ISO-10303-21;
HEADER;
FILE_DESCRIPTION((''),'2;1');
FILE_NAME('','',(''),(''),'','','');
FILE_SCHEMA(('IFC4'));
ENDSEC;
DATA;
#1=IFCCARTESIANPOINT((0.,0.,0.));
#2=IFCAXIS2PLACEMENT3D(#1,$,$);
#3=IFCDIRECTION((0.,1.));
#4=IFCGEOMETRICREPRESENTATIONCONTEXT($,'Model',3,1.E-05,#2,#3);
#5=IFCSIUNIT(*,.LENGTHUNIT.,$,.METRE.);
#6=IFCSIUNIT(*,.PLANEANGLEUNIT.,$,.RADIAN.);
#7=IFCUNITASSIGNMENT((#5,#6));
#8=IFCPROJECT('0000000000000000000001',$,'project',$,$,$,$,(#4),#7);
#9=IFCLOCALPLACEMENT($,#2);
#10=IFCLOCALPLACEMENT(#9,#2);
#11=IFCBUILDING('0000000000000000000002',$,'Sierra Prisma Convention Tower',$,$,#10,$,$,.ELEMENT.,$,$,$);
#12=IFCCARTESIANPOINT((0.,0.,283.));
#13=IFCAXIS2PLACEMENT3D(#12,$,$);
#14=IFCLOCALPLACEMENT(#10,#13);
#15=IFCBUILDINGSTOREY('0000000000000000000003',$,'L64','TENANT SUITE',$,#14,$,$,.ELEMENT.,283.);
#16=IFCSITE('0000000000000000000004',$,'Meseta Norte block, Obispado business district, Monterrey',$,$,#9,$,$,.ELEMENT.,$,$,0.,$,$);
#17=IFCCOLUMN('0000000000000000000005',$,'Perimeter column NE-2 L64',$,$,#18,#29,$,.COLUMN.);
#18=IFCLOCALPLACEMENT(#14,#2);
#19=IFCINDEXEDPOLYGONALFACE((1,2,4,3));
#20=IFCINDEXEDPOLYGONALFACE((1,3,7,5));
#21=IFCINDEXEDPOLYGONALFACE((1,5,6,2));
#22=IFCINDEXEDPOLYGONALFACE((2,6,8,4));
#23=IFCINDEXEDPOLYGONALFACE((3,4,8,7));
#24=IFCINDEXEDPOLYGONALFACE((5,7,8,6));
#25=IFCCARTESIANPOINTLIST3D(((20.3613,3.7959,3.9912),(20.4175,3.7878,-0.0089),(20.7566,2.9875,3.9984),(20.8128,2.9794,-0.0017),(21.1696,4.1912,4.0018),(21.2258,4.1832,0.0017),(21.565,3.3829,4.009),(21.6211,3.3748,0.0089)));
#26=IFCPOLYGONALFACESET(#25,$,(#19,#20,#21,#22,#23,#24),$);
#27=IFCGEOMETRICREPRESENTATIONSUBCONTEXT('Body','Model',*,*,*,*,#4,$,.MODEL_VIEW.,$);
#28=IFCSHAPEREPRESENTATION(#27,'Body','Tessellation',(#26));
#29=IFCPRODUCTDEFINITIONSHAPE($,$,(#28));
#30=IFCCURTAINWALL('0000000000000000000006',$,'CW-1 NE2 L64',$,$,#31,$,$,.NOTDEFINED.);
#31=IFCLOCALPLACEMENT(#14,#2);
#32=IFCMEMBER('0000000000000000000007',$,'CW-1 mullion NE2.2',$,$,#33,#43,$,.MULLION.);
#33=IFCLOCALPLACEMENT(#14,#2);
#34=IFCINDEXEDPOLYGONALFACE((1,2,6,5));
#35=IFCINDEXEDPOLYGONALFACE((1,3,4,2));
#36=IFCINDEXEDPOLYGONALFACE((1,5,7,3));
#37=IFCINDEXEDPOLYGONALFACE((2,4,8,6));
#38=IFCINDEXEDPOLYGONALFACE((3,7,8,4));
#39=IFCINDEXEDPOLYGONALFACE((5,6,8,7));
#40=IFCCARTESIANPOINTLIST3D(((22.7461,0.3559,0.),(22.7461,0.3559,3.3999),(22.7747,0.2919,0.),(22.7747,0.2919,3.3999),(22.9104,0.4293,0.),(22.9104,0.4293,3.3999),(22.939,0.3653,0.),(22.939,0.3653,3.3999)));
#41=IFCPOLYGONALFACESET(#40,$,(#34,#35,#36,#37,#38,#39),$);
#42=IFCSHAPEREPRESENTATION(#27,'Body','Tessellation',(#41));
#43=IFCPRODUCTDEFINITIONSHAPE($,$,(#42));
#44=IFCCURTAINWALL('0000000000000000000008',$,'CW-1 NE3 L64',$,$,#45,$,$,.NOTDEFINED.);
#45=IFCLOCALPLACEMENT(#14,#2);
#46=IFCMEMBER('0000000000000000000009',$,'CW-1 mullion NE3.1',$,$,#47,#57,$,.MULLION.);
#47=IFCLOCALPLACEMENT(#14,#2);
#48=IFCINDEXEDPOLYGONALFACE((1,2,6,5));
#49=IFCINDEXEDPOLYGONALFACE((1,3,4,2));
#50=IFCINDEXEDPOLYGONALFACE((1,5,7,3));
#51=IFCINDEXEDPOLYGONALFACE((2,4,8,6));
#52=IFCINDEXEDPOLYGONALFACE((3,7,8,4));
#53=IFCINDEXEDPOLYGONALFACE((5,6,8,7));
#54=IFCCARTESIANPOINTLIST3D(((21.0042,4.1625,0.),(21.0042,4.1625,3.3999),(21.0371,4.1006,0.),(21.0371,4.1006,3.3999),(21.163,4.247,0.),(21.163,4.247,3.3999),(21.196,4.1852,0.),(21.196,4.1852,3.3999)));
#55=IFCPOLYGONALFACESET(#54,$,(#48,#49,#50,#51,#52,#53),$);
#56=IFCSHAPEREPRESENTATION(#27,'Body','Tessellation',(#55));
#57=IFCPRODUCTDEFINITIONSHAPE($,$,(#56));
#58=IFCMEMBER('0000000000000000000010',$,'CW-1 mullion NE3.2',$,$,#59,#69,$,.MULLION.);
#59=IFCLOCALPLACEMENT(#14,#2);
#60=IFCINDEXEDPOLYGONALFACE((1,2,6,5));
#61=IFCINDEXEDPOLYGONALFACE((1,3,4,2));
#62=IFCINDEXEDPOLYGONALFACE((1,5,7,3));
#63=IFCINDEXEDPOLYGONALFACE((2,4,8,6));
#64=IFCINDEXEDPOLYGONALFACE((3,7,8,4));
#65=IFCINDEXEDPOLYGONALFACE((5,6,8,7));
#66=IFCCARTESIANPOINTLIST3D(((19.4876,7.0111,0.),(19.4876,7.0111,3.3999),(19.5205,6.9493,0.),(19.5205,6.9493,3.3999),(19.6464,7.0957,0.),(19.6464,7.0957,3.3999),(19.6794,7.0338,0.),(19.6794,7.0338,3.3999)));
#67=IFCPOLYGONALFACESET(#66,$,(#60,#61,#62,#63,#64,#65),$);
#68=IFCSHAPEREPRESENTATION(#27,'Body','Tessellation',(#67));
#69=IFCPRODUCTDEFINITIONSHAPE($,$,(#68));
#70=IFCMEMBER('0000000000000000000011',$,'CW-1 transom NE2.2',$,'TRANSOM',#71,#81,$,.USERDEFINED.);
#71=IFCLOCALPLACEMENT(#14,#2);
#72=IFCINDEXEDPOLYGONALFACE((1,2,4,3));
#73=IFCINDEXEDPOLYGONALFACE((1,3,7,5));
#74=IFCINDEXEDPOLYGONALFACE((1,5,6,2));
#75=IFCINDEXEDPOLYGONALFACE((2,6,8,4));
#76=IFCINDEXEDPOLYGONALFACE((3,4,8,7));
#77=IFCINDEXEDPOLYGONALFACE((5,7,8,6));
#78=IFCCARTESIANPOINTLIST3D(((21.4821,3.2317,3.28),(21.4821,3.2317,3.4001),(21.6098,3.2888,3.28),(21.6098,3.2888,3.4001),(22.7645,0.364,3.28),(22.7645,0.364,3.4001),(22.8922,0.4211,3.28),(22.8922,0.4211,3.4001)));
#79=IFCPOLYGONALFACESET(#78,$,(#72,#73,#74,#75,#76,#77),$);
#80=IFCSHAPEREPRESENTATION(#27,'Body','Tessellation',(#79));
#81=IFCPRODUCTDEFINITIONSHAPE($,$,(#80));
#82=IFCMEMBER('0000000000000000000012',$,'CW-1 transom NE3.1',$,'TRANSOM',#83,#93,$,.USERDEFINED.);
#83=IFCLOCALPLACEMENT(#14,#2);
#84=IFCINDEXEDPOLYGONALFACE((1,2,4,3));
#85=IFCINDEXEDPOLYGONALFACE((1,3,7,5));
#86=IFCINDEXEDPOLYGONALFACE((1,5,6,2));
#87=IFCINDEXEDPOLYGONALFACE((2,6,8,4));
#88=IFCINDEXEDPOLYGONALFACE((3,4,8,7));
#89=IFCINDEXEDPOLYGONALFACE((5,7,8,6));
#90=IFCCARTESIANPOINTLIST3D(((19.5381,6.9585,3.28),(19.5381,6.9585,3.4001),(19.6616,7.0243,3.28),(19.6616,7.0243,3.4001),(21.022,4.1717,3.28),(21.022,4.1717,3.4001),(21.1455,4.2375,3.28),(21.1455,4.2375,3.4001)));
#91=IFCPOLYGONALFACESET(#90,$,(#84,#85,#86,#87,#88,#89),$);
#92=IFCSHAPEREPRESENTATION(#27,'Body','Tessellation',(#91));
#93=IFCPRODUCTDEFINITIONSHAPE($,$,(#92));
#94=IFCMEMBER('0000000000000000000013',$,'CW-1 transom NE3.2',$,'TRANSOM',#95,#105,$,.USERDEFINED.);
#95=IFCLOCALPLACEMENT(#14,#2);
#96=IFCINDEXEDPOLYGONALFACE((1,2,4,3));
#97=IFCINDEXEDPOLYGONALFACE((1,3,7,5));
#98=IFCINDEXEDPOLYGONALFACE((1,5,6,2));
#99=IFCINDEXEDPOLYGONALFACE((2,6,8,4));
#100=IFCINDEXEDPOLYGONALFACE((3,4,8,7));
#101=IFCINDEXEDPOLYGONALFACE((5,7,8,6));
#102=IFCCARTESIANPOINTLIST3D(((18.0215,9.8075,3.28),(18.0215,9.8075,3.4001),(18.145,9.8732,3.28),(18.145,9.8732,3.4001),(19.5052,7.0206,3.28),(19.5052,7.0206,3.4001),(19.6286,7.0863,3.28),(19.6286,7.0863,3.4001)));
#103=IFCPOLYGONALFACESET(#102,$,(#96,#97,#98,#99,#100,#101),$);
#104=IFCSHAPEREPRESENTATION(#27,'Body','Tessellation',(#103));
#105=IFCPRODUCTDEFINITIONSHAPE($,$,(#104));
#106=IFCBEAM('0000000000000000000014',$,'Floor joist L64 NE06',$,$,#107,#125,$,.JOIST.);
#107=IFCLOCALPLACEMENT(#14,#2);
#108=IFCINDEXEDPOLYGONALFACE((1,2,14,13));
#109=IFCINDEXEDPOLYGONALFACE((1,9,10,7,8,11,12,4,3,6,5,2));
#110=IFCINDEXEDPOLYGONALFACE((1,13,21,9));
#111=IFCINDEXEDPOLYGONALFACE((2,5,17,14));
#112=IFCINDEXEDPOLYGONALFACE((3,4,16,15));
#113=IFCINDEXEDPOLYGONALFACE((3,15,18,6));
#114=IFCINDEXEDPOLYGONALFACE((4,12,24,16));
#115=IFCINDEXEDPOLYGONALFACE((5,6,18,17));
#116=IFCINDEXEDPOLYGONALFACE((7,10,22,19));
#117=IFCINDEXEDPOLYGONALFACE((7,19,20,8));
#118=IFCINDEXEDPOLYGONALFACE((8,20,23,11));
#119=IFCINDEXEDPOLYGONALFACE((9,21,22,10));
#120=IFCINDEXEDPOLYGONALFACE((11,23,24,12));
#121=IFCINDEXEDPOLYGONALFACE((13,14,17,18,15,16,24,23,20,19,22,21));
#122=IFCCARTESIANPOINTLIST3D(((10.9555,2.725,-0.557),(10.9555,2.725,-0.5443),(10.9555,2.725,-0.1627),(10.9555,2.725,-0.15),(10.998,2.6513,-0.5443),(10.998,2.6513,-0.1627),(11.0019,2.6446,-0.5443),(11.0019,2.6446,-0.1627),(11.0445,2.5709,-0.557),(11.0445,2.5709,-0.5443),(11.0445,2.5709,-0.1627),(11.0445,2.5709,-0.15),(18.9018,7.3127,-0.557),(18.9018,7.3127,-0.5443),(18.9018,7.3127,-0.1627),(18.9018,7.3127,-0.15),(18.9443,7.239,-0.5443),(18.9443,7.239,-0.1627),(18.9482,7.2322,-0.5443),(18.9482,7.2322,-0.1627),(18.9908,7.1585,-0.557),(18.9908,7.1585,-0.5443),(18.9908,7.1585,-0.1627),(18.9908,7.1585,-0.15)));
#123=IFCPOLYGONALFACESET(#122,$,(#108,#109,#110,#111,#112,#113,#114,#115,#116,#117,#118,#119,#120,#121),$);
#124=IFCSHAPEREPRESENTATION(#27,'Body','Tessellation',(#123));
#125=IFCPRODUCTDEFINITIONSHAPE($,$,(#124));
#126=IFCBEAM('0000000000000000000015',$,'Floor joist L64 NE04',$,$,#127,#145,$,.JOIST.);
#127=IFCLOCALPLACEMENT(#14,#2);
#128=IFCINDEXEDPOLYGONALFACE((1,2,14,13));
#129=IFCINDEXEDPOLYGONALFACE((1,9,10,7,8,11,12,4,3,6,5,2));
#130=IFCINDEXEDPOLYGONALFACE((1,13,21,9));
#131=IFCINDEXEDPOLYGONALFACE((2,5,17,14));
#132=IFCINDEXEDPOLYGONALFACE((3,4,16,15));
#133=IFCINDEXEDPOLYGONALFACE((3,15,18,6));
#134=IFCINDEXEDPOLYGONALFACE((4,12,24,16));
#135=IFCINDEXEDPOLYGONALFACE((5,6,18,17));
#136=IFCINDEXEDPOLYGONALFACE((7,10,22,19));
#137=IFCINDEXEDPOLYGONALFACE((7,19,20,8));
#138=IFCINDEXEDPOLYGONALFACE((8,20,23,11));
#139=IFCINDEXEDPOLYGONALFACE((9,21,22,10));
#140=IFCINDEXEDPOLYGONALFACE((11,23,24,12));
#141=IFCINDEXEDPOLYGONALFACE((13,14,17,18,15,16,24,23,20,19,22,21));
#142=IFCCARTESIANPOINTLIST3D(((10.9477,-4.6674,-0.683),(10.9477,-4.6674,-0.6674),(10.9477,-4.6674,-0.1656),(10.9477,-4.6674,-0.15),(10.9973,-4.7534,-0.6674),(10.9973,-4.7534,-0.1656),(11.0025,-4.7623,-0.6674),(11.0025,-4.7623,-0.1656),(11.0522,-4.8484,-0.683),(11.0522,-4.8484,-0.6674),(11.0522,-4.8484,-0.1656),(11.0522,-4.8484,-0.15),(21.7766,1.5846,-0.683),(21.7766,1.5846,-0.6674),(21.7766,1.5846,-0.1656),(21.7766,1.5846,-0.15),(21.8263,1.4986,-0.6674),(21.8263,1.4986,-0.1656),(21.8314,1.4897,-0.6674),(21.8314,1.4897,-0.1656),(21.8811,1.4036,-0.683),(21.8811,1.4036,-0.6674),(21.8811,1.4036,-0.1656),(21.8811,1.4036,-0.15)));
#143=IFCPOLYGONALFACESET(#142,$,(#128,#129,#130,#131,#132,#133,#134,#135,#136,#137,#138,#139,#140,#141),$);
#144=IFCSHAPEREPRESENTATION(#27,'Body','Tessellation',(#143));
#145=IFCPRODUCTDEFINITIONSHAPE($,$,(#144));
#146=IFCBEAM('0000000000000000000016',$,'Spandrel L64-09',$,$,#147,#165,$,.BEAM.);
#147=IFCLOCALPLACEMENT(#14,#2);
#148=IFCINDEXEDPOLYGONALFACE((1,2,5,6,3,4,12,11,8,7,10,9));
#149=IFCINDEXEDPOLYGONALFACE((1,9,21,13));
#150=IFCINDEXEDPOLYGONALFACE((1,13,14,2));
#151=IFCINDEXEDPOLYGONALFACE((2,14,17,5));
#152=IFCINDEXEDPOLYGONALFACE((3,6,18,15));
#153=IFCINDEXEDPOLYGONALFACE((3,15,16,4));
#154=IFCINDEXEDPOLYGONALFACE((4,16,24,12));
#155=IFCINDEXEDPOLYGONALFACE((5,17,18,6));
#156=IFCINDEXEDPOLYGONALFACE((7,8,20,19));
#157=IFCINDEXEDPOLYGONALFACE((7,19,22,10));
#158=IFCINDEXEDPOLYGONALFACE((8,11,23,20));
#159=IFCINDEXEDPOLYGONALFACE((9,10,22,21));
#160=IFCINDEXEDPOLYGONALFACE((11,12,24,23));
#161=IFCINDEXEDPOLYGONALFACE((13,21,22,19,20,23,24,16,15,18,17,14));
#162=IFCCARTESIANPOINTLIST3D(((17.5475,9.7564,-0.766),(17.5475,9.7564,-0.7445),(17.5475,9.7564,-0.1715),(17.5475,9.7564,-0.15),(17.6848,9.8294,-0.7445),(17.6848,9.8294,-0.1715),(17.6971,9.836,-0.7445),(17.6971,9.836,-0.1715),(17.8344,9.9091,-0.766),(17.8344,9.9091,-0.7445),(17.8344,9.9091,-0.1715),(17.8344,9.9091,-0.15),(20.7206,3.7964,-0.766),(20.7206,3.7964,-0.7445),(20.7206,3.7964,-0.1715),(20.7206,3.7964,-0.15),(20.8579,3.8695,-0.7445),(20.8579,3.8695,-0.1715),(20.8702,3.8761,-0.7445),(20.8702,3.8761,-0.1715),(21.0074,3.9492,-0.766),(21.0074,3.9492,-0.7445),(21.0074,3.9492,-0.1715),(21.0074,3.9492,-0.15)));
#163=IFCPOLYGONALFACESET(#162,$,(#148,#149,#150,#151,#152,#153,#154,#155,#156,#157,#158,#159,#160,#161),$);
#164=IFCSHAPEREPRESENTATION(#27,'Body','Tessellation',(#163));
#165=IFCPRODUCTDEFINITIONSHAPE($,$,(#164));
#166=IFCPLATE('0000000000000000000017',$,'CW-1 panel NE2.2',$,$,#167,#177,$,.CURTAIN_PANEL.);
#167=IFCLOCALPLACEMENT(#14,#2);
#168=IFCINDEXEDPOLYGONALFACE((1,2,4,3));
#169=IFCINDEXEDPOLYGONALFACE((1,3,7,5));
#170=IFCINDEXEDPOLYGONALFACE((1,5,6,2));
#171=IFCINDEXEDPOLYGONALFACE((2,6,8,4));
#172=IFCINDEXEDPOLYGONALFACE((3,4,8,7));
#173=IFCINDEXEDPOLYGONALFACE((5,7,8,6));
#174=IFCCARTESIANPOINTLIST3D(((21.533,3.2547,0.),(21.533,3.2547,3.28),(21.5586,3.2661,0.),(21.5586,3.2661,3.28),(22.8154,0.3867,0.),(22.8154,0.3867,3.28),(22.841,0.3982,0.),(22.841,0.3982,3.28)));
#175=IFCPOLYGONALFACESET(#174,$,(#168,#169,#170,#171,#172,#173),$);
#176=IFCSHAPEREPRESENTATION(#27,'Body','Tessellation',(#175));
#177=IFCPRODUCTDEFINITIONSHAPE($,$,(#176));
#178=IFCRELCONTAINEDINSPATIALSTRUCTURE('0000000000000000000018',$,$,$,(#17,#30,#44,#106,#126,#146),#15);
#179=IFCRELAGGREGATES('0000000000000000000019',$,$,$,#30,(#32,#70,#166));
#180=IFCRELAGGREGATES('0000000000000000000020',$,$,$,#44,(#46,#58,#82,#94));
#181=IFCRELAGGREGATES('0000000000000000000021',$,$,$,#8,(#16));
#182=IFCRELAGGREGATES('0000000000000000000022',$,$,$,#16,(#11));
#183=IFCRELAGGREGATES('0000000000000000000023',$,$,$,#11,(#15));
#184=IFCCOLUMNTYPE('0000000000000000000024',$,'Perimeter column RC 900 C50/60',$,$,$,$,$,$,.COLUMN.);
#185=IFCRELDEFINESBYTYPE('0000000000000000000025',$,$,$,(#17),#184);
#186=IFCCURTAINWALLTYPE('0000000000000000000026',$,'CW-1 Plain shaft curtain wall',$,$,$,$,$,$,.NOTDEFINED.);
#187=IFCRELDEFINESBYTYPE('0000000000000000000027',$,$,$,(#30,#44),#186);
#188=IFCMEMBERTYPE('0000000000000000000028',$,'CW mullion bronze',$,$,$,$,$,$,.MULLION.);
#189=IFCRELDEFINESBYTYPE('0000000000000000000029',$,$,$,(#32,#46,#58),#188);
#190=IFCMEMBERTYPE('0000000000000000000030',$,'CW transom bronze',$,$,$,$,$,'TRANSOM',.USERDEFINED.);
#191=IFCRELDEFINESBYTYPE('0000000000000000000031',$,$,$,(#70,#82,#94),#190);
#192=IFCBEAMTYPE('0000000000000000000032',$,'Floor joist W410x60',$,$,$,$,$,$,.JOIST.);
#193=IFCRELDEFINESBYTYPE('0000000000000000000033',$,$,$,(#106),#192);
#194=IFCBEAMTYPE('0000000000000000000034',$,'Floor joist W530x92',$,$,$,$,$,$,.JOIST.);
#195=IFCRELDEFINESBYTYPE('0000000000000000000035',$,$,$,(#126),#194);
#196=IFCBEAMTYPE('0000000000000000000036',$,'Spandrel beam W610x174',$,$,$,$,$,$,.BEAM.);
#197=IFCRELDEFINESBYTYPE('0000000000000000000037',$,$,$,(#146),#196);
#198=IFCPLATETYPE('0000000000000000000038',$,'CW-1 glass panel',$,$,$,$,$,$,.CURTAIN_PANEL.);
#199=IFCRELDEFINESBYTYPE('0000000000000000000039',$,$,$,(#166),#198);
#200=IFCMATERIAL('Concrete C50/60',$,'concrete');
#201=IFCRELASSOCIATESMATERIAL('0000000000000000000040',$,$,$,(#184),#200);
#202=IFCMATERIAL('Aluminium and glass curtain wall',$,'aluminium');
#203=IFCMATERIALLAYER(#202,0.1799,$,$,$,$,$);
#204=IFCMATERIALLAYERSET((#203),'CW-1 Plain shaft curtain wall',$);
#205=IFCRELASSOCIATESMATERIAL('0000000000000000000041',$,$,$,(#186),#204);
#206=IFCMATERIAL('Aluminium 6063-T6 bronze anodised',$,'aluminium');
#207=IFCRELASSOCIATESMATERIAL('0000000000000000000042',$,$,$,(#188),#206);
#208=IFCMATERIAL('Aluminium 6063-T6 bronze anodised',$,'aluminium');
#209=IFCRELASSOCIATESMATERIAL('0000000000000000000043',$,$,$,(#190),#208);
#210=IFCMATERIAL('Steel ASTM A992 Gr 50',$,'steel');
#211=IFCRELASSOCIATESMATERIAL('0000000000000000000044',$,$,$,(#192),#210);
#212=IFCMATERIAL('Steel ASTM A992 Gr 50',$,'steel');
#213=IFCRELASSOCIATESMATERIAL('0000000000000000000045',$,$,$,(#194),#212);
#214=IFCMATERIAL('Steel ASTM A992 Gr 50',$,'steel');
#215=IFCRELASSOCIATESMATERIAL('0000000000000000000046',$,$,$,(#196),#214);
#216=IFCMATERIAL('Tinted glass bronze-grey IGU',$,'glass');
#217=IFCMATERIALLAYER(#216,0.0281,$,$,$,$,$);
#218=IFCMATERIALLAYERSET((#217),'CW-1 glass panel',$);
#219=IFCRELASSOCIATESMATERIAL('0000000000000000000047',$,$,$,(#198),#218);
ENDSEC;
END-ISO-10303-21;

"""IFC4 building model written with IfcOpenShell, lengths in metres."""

from ifc_helpers import new_model, si_unit, direction, frame, origin, origin_2d, place, context, subcontext, project, spatial, rectangle, i_section, extrude, material, layer, layer_set, material_profile, profile_set, type_object, element, aggregate, save


model = new_model("IFC4")

# Units and contexts
model_context = context("Model", 3, precision=1e-05, world=origin(), true_north=direction((0.0, 1.0)))
body_context = subcontext(model_context, "Body", "Model", "MODEL_VIEW")
ifc_project = project(units=[si_unit("LENGTHUNIT", "METRE"), si_unit("PLANEANGLEUNIT", "RADIAN")], contexts=[model_context])

# Site, building, storey
site_placement = place(None, origin())
site = spatial("IfcSite", under=ifc_project, at=site_placement, Name="Meseta Norte block, Obispado business district, Monterrey", CompositionType="ELEMENT", RefElevation=0.0)
building_placement = place(site_placement, origin())
building = spatial("IfcBuilding", under=site, at=building_placement, Name="Sierra Prisma Convention Tower", CompositionType="ELEMENT")
storey_placement = place(building_placement, frame((0.0, 0.0, 283.0)))
storey = spatial("IfcBuildingStorey", under=building, at=storey_placement, Name="L64", Description="TENANT SUITE", CompositionType="ELEMENT", Elevation=283.0)

# Column
ifc_material_1 = material(Name="Concrete C50/60", Category="concrete")
ifc_material_profile_1 = material_profile(ifc_material_1, rectangle(XDim=0.8999, YDim=0.8999, at=origin_2d()), Name="Perimeter column RC 900 C50/60")
ifc_profile_set_1 = profile_set([ifc_material_profile_1], Name="Concrete C50/60")
column_type = type_object("IfcColumnType", Name="Perimeter column RC 900 C50/60", PredefinedType="COLUMN", material=ifc_profile_set_1)
column_placement = place(storey_placement, frame((21.0193, 3.5813, 0.0), z_axis=(-0.014037, 0.002014, 0.999899), x_axis=(-0.439291, 0.89831, -0.007976)))
element("IfcColumn", 1, at=column_placement, inside=storey, type_object=column_type, Name="Perimeter column NE-2 L64", PredefinedType="COLUMN", context=body_context, shape_type="SweptSolid", body=[
    extrude(rectangle(XDim=0.8999, YDim=0.8999, at=origin_2d()), origin(), (0.0, 0.0, 1.0), 4.0005),
])

# Curtain wall, member
ifc_material_2 = material(Name="Aluminium and glass curtain wall", Category="aluminium")
ifc_layer_1 = layer(ifc_material_2, 0.1799)
ifc_layer_set_1 = layer_set([ifc_layer_1], Name="CW-1 Plain shaft curtain wall")
curtain_wall_type = type_object("IfcCurtainWallType", Name="CW-1 Plain shaft curtain wall", PredefinedType="NOTDEFINED", material=ifc_layer_set_1)
curtain_wall_1_placement = place(storey_placement, origin())
curtain_wall_1 = element("IfcCurtainWall", 2, at=curtain_wall_1_placement, inside=storey, type_object=curtain_wall_type, Name="CW-1 NE2 L64", PredefinedType="NOTDEFINED")
ifc_material_3 = material(Name="Aluminium 6063-T6 bronze anodised", Category="aluminium")
ifc_material_profile_2 = material_profile(ifc_material_3, rectangle(XDim=0.1799, YDim=0.0701, at=origin_2d()), Name="ALU MULLION 70x180")
ifc_profile_set_2 = profile_set([ifc_material_profile_2], Name="Aluminium 6063-T6 bronze anodised")
member_type_1 = type_object("IfcMemberType", Name="CW mullion bronze", PredefinedType="MULLION", material=ifc_profile_set_2)
member_1_placement = place(storey_placement, frame((22.8425, 0.3606, 0.0), z_axis=(0.0, 0.0, 1.0), x_axis=(-0.91289, -0.408205, 0.0)))
member_1 = element("IfcMember", 3, at=member_1_placement, type_object=member_type_1, Name="CW-1 mullion NE2.2", PredefinedType="MULLION", context=body_context, shape_type="SweptSolid", body=[
    extrude(rectangle(XDim=0.1799, YDim=0.0701, at=origin_2d()), origin(), (0.0, 0.0, 1.0), 3.3999),
])

# Curtain wall, members
curtain_wall_2_placement = place(storey_placement, origin())
curtain_wall_2 = element("IfcCurtainWall", 4, at=curtain_wall_2_placement, inside=storey, type_object=curtain_wall_type, Name="CW-1 NE3 L64", PredefinedType="NOTDEFINED")
member_2_placement = place(storey_placement, frame((21.1001, 4.1738, 0.0), z_axis=(0.0, 0.0, 1.0), x_axis=(-0.882696, -0.469945, 0.0)))
member_2 = element("IfcMember", 5, at=member_2_placement, type_object=member_type_1, Name="CW-1 mullion NE3.1", PredefinedType="MULLION", context=body_context, shape_type="SweptSolid", body=[
    extrude(rectangle(XDim=0.1799, YDim=0.0701, at=origin_2d()), origin(), (0.0, 0.0, 1.0), 3.3999),
])
member_3_placement = place(storey_placement, frame((19.5835, 7.0225, 0.0), z_axis=(0.0, 0.0, 1.0), x_axis=(-0.882696, -0.469945, 0.0)))
member_3 = element("IfcMember", 6, at=member_3_placement, type_object=member_type_1, Name="CW-1 mullion NE3.2", PredefinedType="MULLION", context=body_context, shape_type="SweptSolid", body=[
    extrude(rectangle(XDim=0.1799, YDim=0.0701, at=origin_2d()), origin(), (0.0, 0.0, 1.0), 3.3999),
])

# Members
ifc_material_4 = material(Name="Aluminium 6063-T6 bronze anodised", Category="aluminium")
ifc_material_profile_3 = material_profile(ifc_material_4, rectangle(XDim=0.1399, YDim=0.1201, at=origin_2d()), Name="ALU TRANSOM 120x140")
ifc_profile_set_3 = profile_set([ifc_material_profile_3], Name="Aluminium 6063-T6 bronze anodised")
member_type_2 = type_object("IfcMemberType", Name="CW transom bronze", ElementType="TRANSOM", PredefinedType="USERDEFINED", material=ifc_profile_set_3)
member_4_placement = place(storey_placement, frame((22.8284, 0.3926, 3.3401), z_axis=(-0.40825, 0.91287, 0.0), x_axis=(-0.91287, -0.40825, 0.0)))
member_4 = element("IfcMember", 7, at=member_4_placement, type_object=member_type_2, Name="CW-1 transom NE2.2", ObjectType="TRANSOM", PredefinedType="USERDEFINED", context=body_context, shape_type="SweptSolid", body=[
    extrude(rectangle(XDim=0.1399, YDim=0.1201, at=origin_2d()), origin(), (0.0, 0.0, 1.0), 3.1414),
])
member_5_placement = place(storey_placement, frame((21.0837, 4.2046, 3.3401), z_axis=(-0.469986, 0.882674, 0.0), x_axis=(-0.882674, -0.469986, 0.0)))
member_5 = element("IfcMember", 8, at=member_5_placement, type_object=member_type_2, Name="CW-1 transom NE3.1", ObjectType="TRANSOM", PredefinedType="USERDEFINED", context=body_context, shape_type="SweptSolid", body=[
    extrude(rectangle(XDim=0.1399, YDim=0.1201, at=origin_2d()), origin(), (0.0, 0.0, 1.0), 3.1572),
])
member_6_placement = place(storey_placement, frame((19.5669, 7.0535, 3.3401), z_axis=(-0.469926, 0.882706, 0.0), x_axis=(-0.882706, -0.469926, 0.0)))
member_6 = element("IfcMember", 9, at=member_6_placement, type_object=member_type_2, Name="CW-1 transom NE3.2", ObjectType="TRANSOM", PredefinedType="USERDEFINED", context=body_context, shape_type="SweptSolid", body=[
    extrude(rectangle(XDim=0.1399, YDim=0.1201, at=origin_2d()), origin(), (0.0, 0.0, 1.0), 3.1572),
])

# Beams
ifc_material_5 = material(Name="Steel ASTM A992 Gr 50", Category="steel")
ifc_material_profile_4 = material_profile(ifc_material_5, i_section(OverallWidth=0.178, OverallDepth=0.407, WebThickness=0.0078, FlangeThickness=0.0127, at=origin_2d()), Name="W410x60")
ifc_profile_set_4 = profile_set([ifc_material_profile_4], Name="Steel ASTM A992 Gr 50")
beam_type_1 = type_object("IfcBeamType", Name="Floor joist W410x60", PredefinedType="JOIST", material=ifc_profile_set_4)
beam_1_placement = place(storey_placement, frame((18.9463, 7.2356, -0.3535), z_axis=(-0.866032, -0.499988, 0.0), x_axis=(0.499988, -0.866032, 0.0)))
element("IfcBeam", 10, at=beam_1_placement, inside=storey, type_object=beam_type_1, Name="Floor joist L64 NE06", PredefinedType="JOIST", context=body_context, shape_type="SweptSolid", body=[
    extrude(i_section(OverallWidth=0.178, OverallDepth=0.407, WebThickness=0.0078, FlangeThickness=0.0127, at=origin_2d()), origin(), (0.0, 0.0, 1.0), 9.1755),
])
ifc_material_6 = material(Name="Steel ASTM A992 Gr 50", Category="steel")
ifc_material_profile_5 = material_profile(ifc_material_6, i_section(OverallWidth=0.209, OverallDepth=0.533, WebThickness=0.0103, FlangeThickness=0.0156, at=origin_2d()), Name="W530x92")
ifc_profile_set_5 = profile_set([ifc_material_profile_5], Name="Steel ASTM A992 Gr 50")
beam_type_2 = type_object("IfcBeamType", Name="Floor joist W530x92", PredefinedType="JOIST", material=ifc_profile_set_5)
beam_2_placement = place(storey_placement, frame((21.8289, 1.4941, -0.4165), z_axis=(-0.866029, -0.499995, 0.0), x_axis=(0.499995, -0.866029, 0.0)))
element("IfcBeam", 11, at=beam_2_placement, inside=storey, type_object=beam_type_2, Name="Floor joist L64 NE04", PredefinedType="JOIST", context=body_context, shape_type="SweptSolid", body=[
    extrude(i_section(OverallWidth=0.209, OverallDepth=0.533, WebThickness=0.0103, FlangeThickness=0.0156, at=origin_2d()), origin(), (0.0, 0.0, 1.0), 12.5042),
])
ifc_material_7 = material(Name="Steel ASTM A992 Gr 50", Category="steel")
ifc_material_profile_6 = material_profile(ifc_material_7, i_section(OverallWidth=0.325, OverallDepth=0.616, WebThickness=0.0139, FlangeThickness=0.0215, at=origin_2d()), Name="W610x174")
ifc_profile_set_6 = profile_set([ifc_material_profile_6], Name="Steel ASTM A992 Gr 50")
beam_type_3 = type_object("IfcBeamType", Name="Spandrel beam W610x174", PredefinedType="BEAM", material=ifc_profile_set_6)
beam_3_placement = place(storey_placement, frame((20.864, 3.8728, -0.458), z_axis=(-0.469948, 0.882694, 0.0), x_axis=(-0.882694, -0.469948, 0.0)))
element("IfcBeam", 12, at=beam_3_placement, inside=storey, type_object=beam_type_3, Name="Spandrel L64-09", PredefinedType="BEAM", context=body_context, shape_type="SweptSolid", body=[
    extrude(i_section(OverallWidth=0.325, OverallDepth=0.616, WebThickness=0.0139, FlangeThickness=0.0215, at=origin_2d()), origin(), (0.0, 0.0, 1.0), 6.752),
])

# Plate
ifc_material_8 = material(Name="Tinted glass bronze-grey IGU", Category="glass")
ifc_layer_2 = layer(ifc_material_8, 0.0281)
ifc_layer_set_2 = layer_set([ifc_layer_2], Name="CW-1 glass panel")
plate_type = type_object("IfcPlateType", Name="CW-1 glass panel", PredefinedType="CURTAIN_PANEL", material=ifc_layer_set_2)
plate_1_placement = place(storey_placement, frame((22.187, 1.8264, 0.0), z_axis=(0.0, 0.0, 1.0), x_axis=(-0.408205, 0.91289, 0.0)))
plate_1 = element("IfcPlate", 13, at=plate_1_placement, type_object=plate_type, Name="CW-1 panel NE2.2", PredefinedType="CURTAIN_PANEL", context=body_context, shape_type="SweptSolid", body=[
    extrude(rectangle(XDim=3.1416, YDim=0.0281, at=origin_2d()), origin(), (0.0, 0.0, 1.0), 3.28),
])
aggregate(curtain_wall_1, [member_1, member_4, plate_1])
aggregate(curtain_wall_2, [member_2, member_3, member_5, member_6])

save(model, "model.ifc")
